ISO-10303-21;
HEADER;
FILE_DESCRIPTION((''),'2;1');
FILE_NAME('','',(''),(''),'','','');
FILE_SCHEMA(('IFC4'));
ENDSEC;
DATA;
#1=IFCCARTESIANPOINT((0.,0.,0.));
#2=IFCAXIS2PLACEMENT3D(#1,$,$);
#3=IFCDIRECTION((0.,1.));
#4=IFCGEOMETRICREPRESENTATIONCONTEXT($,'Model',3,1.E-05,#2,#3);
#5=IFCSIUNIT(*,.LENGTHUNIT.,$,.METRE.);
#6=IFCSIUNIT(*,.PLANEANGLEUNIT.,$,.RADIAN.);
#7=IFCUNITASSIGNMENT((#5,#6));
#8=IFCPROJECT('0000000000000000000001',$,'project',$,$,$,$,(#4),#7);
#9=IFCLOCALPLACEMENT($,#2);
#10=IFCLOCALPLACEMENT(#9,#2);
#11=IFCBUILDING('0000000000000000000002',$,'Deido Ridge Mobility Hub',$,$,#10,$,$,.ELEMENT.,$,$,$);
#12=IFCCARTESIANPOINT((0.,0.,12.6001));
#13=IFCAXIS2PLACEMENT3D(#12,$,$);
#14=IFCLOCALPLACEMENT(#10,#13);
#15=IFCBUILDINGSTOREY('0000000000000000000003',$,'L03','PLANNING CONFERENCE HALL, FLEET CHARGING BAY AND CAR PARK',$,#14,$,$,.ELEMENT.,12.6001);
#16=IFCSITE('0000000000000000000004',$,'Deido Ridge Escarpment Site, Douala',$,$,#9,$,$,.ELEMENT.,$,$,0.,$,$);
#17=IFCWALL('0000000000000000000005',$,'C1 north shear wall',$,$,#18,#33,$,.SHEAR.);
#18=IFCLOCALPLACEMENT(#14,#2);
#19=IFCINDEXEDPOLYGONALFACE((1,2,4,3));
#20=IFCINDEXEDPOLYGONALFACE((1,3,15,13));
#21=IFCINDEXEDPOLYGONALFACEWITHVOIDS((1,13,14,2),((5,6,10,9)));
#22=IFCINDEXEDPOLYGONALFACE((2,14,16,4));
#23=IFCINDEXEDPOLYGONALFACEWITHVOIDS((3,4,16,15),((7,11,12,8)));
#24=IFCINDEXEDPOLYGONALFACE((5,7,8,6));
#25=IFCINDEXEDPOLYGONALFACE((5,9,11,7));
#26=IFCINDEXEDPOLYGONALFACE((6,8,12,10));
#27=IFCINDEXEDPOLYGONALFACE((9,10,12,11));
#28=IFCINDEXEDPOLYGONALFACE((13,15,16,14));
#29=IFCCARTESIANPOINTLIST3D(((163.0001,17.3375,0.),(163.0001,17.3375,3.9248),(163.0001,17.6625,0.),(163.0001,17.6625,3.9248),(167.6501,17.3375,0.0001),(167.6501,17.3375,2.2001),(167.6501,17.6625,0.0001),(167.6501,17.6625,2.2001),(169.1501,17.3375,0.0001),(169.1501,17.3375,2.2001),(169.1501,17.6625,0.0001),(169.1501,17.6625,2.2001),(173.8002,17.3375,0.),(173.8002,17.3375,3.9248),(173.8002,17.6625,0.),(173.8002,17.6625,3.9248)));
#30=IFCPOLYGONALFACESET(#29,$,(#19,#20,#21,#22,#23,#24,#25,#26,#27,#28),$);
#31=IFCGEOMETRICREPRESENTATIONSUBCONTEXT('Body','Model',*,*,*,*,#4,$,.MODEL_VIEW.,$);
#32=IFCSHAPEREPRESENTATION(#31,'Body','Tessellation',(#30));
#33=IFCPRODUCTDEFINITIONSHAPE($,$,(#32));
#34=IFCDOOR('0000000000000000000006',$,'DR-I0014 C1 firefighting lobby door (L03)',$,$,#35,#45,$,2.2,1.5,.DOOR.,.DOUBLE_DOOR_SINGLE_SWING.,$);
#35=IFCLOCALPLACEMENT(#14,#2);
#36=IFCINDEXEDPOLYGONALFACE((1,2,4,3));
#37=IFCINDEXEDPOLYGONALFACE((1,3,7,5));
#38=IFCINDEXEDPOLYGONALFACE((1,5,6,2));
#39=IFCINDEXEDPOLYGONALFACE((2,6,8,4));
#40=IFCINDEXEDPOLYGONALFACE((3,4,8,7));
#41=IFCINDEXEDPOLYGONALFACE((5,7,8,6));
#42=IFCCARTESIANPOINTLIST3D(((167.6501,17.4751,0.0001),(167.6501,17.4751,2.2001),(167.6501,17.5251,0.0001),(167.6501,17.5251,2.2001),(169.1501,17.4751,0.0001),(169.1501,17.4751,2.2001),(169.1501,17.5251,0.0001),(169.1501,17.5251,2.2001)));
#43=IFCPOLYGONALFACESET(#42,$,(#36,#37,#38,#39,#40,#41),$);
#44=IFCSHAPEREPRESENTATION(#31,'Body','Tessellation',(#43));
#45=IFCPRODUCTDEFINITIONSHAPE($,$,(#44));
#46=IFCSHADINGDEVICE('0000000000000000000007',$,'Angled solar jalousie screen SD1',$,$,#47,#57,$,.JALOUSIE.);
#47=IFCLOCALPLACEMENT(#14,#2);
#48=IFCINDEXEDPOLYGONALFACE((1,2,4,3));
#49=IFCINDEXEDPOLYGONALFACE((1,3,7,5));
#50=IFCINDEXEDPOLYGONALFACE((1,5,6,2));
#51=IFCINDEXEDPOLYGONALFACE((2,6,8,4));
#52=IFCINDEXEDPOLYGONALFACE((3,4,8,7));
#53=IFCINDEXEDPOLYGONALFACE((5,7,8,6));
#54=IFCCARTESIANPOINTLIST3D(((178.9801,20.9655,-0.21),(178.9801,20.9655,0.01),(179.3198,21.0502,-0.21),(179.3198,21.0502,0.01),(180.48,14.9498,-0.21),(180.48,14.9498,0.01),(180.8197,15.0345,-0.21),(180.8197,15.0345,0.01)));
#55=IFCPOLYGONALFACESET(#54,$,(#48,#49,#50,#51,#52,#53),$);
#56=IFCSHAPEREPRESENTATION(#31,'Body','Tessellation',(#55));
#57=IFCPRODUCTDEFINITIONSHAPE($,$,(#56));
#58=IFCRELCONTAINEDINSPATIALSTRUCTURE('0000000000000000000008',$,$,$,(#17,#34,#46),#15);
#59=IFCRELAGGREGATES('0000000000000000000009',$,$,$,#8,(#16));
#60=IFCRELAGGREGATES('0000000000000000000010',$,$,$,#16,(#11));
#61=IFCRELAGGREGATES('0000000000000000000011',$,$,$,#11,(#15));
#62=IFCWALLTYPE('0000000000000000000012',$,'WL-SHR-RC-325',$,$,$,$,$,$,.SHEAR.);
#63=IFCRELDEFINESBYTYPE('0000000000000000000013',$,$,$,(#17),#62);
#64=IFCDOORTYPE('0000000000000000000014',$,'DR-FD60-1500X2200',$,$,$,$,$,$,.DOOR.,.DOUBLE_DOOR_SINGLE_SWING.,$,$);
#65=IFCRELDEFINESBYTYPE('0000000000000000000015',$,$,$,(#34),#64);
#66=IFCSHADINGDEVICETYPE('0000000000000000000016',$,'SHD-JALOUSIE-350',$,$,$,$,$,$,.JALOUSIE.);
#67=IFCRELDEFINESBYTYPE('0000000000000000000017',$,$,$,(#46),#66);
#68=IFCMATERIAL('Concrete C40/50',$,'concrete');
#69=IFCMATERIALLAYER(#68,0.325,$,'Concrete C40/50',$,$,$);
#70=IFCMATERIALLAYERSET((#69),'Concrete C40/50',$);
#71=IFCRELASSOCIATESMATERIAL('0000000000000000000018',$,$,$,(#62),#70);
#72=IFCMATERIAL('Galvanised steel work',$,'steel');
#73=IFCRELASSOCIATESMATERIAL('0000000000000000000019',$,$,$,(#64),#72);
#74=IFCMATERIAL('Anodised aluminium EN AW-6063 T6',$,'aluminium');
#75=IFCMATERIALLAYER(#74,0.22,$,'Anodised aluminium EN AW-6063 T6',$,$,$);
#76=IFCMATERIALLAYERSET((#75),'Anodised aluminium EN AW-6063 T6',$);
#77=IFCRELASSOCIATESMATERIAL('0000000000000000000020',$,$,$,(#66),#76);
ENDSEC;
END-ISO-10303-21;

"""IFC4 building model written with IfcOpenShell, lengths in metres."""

from ifc_helpers import new_model, si_unit, direction, frame, frame_2d, origin, origin_2d, place, context, subcontext, project, spatial, rectangle, extrude, material, layer, layer_set, type_object, element, fill, save


model = new_model("IFC4")

# Units and contexts
model_context = context("Model", 3, precision=1e-05, world=origin(), true_north=direction((0.0, 1.0)))
body_context = subcontext(model_context, "Body", "Model", "MODEL_VIEW")
ifc_project = project(units=[si_unit("LENGTHUNIT", "METRE"), si_unit("PLANEANGLEUNIT", "RADIAN")], contexts=[model_context])

# Site, building, storey
site_placement = place(None, origin())
site = spatial("IfcSite", under=ifc_project, at=site_placement, Name="Deido Ridge Escarpment Site, Douala", CompositionType="ELEMENT", RefElevation=0.0)
building_placement = place(site_placement, origin())
building = spatial("IfcBuilding", under=site, at=building_placement, Name="Deido Ridge Mobility Hub", CompositionType="ELEMENT")
storey_placement = place(building_placement, frame((0.0, 0.0, 12.6001)))
storey = spatial("IfcBuildingStorey", under=building, at=storey_placement, Name="L03", Description="PLANNING CONFERENCE HALL, FLEET CHARGING BAY AND CAR PARK", CompositionType="ELEMENT", Elevation=12.6001)

# Shared definitions
ifc_material_1 = material(Name="Anodised aluminium EN AW-6063 T6", Category="aluminium")

# Wall, opening, door
ifc_material_2 = material(Name="Galvanised steel work", Category="steel")
ifc_material_3 = material(Name="Concrete C40/50", Category="concrete")
ifc_layer_1 = layer(ifc_material_3, 0.325, Name="Concrete C40/50")
ifc_layer_set_1 = layer_set([ifc_layer_1], Name="Concrete C40/50")
wall_type_1 = type_object("IfcWallType", Name="WL-SHR-RC-325", PredefinedType="SHEAR", material=ifc_layer_set_1)
wall_1_placement = place(storey_placement, frame((173.8, 17.5, 0.0), z_axis=(0.0, 0.0, 1.0), x_axis=(-1.0, 0.0, 0.0)))
wall_1 = element("IfcWall", 1, at=wall_1_placement, inside=storey, type_object=wall_type_1, Name="C1 north shear wall", PredefinedType="SHEAR", context=body_context, shape_type="SweptSolid", body=[
    extrude(rectangle(XDim=10.8, YDim=0.325, at=frame_2d((5.3999, 0.0))), origin(), (0.0, 0.0, 1.0), 3.9248),
])
opening_1_placement = place(wall_1_placement, frame((4.6499, 0.0, 0.0)))
opening_1 = element("IfcOpeningElement", 2, at=opening_1_placement, cuts=wall_1, PredefinedType="OPENING", context=body_context, shape_type="SweptSolid", body=[
    extrude(rectangle(XDim=1.5, YDim=2.2, at=frame_2d((0.75, 1.1001))), frame((0.0, 0.1724, 0.0), z_axis=(0.0, -1.0, 0.0), x_axis=(1.0, 0.0, 0.0)), (0.0, 0.0, 1.0), 0.345),
])
door_type_1 = type_object("IfcDoorType", Name="DR-FD60-1500X2200", OperationType="DOUBLE_DOOR_SINGLE_SWING", PredefinedType="DOOR", material=ifc_material_2)
door_1_placement = place(opening_1_placement, origin())
door_1 = element("IfcDoor", 3, at=door_1_placement, inside=storey, type_object=door_type_1, Name="DR-I0014 C1 firefighting lobby door (L03)", OperationType="DOUBLE_DOOR_SINGLE_SWING", OverallHeight=2.2, OverallWidth=1.5, PredefinedType="DOOR", context=body_context, shape_type="SweptSolid", body=[
    extrude(rectangle(XDim=1.5, YDim=2.2, at=frame_2d((0.75, 1.1001))), frame((0.0, 0.0249, 0.0), z_axis=(0.0, -1.0, 0.0), x_axis=(1.0, 0.0, 0.0)), (0.0, 0.0, 1.0), 0.05),
])
fill(opening_1, door_1)

# Shading device
ifc_layer_2 = layer(ifc_material_1, 0.22, Name="Anodised aluminium EN AW-6063 T6")
ifc_layer_set_2 = layer_set([ifc_layer_2], Name="Anodised aluminium EN AW-6063 T6")
shading_device_type = type_object("IfcShadingDeviceType", Name="SHD-JALOUSIE-350", PredefinedType="JALOUSIE", material=ifc_layer_set_2)
shading_device_placement = place(storey_placement, frame((179.8999, 18.0, -0.21), z_axis=(0.0, 0.0, 1.0), x_axis=(-0.241922, 0.970296, 0.0)))
element("IfcShadingDevice", 4, at=shading_device_placement, inside=storey, type_object=shading_device_type, Name="Angled solar jalousie screen SD1", PredefinedType="JALOUSIE", context=body_context, shape_type="SweptSolid", body=[
    extrude(rectangle(XDim=6.2, YDim=0.3501, at=origin_2d()), origin(), (0.0, 0.0, 1.0), 0.22),
])

save(model, "model.ifc")
